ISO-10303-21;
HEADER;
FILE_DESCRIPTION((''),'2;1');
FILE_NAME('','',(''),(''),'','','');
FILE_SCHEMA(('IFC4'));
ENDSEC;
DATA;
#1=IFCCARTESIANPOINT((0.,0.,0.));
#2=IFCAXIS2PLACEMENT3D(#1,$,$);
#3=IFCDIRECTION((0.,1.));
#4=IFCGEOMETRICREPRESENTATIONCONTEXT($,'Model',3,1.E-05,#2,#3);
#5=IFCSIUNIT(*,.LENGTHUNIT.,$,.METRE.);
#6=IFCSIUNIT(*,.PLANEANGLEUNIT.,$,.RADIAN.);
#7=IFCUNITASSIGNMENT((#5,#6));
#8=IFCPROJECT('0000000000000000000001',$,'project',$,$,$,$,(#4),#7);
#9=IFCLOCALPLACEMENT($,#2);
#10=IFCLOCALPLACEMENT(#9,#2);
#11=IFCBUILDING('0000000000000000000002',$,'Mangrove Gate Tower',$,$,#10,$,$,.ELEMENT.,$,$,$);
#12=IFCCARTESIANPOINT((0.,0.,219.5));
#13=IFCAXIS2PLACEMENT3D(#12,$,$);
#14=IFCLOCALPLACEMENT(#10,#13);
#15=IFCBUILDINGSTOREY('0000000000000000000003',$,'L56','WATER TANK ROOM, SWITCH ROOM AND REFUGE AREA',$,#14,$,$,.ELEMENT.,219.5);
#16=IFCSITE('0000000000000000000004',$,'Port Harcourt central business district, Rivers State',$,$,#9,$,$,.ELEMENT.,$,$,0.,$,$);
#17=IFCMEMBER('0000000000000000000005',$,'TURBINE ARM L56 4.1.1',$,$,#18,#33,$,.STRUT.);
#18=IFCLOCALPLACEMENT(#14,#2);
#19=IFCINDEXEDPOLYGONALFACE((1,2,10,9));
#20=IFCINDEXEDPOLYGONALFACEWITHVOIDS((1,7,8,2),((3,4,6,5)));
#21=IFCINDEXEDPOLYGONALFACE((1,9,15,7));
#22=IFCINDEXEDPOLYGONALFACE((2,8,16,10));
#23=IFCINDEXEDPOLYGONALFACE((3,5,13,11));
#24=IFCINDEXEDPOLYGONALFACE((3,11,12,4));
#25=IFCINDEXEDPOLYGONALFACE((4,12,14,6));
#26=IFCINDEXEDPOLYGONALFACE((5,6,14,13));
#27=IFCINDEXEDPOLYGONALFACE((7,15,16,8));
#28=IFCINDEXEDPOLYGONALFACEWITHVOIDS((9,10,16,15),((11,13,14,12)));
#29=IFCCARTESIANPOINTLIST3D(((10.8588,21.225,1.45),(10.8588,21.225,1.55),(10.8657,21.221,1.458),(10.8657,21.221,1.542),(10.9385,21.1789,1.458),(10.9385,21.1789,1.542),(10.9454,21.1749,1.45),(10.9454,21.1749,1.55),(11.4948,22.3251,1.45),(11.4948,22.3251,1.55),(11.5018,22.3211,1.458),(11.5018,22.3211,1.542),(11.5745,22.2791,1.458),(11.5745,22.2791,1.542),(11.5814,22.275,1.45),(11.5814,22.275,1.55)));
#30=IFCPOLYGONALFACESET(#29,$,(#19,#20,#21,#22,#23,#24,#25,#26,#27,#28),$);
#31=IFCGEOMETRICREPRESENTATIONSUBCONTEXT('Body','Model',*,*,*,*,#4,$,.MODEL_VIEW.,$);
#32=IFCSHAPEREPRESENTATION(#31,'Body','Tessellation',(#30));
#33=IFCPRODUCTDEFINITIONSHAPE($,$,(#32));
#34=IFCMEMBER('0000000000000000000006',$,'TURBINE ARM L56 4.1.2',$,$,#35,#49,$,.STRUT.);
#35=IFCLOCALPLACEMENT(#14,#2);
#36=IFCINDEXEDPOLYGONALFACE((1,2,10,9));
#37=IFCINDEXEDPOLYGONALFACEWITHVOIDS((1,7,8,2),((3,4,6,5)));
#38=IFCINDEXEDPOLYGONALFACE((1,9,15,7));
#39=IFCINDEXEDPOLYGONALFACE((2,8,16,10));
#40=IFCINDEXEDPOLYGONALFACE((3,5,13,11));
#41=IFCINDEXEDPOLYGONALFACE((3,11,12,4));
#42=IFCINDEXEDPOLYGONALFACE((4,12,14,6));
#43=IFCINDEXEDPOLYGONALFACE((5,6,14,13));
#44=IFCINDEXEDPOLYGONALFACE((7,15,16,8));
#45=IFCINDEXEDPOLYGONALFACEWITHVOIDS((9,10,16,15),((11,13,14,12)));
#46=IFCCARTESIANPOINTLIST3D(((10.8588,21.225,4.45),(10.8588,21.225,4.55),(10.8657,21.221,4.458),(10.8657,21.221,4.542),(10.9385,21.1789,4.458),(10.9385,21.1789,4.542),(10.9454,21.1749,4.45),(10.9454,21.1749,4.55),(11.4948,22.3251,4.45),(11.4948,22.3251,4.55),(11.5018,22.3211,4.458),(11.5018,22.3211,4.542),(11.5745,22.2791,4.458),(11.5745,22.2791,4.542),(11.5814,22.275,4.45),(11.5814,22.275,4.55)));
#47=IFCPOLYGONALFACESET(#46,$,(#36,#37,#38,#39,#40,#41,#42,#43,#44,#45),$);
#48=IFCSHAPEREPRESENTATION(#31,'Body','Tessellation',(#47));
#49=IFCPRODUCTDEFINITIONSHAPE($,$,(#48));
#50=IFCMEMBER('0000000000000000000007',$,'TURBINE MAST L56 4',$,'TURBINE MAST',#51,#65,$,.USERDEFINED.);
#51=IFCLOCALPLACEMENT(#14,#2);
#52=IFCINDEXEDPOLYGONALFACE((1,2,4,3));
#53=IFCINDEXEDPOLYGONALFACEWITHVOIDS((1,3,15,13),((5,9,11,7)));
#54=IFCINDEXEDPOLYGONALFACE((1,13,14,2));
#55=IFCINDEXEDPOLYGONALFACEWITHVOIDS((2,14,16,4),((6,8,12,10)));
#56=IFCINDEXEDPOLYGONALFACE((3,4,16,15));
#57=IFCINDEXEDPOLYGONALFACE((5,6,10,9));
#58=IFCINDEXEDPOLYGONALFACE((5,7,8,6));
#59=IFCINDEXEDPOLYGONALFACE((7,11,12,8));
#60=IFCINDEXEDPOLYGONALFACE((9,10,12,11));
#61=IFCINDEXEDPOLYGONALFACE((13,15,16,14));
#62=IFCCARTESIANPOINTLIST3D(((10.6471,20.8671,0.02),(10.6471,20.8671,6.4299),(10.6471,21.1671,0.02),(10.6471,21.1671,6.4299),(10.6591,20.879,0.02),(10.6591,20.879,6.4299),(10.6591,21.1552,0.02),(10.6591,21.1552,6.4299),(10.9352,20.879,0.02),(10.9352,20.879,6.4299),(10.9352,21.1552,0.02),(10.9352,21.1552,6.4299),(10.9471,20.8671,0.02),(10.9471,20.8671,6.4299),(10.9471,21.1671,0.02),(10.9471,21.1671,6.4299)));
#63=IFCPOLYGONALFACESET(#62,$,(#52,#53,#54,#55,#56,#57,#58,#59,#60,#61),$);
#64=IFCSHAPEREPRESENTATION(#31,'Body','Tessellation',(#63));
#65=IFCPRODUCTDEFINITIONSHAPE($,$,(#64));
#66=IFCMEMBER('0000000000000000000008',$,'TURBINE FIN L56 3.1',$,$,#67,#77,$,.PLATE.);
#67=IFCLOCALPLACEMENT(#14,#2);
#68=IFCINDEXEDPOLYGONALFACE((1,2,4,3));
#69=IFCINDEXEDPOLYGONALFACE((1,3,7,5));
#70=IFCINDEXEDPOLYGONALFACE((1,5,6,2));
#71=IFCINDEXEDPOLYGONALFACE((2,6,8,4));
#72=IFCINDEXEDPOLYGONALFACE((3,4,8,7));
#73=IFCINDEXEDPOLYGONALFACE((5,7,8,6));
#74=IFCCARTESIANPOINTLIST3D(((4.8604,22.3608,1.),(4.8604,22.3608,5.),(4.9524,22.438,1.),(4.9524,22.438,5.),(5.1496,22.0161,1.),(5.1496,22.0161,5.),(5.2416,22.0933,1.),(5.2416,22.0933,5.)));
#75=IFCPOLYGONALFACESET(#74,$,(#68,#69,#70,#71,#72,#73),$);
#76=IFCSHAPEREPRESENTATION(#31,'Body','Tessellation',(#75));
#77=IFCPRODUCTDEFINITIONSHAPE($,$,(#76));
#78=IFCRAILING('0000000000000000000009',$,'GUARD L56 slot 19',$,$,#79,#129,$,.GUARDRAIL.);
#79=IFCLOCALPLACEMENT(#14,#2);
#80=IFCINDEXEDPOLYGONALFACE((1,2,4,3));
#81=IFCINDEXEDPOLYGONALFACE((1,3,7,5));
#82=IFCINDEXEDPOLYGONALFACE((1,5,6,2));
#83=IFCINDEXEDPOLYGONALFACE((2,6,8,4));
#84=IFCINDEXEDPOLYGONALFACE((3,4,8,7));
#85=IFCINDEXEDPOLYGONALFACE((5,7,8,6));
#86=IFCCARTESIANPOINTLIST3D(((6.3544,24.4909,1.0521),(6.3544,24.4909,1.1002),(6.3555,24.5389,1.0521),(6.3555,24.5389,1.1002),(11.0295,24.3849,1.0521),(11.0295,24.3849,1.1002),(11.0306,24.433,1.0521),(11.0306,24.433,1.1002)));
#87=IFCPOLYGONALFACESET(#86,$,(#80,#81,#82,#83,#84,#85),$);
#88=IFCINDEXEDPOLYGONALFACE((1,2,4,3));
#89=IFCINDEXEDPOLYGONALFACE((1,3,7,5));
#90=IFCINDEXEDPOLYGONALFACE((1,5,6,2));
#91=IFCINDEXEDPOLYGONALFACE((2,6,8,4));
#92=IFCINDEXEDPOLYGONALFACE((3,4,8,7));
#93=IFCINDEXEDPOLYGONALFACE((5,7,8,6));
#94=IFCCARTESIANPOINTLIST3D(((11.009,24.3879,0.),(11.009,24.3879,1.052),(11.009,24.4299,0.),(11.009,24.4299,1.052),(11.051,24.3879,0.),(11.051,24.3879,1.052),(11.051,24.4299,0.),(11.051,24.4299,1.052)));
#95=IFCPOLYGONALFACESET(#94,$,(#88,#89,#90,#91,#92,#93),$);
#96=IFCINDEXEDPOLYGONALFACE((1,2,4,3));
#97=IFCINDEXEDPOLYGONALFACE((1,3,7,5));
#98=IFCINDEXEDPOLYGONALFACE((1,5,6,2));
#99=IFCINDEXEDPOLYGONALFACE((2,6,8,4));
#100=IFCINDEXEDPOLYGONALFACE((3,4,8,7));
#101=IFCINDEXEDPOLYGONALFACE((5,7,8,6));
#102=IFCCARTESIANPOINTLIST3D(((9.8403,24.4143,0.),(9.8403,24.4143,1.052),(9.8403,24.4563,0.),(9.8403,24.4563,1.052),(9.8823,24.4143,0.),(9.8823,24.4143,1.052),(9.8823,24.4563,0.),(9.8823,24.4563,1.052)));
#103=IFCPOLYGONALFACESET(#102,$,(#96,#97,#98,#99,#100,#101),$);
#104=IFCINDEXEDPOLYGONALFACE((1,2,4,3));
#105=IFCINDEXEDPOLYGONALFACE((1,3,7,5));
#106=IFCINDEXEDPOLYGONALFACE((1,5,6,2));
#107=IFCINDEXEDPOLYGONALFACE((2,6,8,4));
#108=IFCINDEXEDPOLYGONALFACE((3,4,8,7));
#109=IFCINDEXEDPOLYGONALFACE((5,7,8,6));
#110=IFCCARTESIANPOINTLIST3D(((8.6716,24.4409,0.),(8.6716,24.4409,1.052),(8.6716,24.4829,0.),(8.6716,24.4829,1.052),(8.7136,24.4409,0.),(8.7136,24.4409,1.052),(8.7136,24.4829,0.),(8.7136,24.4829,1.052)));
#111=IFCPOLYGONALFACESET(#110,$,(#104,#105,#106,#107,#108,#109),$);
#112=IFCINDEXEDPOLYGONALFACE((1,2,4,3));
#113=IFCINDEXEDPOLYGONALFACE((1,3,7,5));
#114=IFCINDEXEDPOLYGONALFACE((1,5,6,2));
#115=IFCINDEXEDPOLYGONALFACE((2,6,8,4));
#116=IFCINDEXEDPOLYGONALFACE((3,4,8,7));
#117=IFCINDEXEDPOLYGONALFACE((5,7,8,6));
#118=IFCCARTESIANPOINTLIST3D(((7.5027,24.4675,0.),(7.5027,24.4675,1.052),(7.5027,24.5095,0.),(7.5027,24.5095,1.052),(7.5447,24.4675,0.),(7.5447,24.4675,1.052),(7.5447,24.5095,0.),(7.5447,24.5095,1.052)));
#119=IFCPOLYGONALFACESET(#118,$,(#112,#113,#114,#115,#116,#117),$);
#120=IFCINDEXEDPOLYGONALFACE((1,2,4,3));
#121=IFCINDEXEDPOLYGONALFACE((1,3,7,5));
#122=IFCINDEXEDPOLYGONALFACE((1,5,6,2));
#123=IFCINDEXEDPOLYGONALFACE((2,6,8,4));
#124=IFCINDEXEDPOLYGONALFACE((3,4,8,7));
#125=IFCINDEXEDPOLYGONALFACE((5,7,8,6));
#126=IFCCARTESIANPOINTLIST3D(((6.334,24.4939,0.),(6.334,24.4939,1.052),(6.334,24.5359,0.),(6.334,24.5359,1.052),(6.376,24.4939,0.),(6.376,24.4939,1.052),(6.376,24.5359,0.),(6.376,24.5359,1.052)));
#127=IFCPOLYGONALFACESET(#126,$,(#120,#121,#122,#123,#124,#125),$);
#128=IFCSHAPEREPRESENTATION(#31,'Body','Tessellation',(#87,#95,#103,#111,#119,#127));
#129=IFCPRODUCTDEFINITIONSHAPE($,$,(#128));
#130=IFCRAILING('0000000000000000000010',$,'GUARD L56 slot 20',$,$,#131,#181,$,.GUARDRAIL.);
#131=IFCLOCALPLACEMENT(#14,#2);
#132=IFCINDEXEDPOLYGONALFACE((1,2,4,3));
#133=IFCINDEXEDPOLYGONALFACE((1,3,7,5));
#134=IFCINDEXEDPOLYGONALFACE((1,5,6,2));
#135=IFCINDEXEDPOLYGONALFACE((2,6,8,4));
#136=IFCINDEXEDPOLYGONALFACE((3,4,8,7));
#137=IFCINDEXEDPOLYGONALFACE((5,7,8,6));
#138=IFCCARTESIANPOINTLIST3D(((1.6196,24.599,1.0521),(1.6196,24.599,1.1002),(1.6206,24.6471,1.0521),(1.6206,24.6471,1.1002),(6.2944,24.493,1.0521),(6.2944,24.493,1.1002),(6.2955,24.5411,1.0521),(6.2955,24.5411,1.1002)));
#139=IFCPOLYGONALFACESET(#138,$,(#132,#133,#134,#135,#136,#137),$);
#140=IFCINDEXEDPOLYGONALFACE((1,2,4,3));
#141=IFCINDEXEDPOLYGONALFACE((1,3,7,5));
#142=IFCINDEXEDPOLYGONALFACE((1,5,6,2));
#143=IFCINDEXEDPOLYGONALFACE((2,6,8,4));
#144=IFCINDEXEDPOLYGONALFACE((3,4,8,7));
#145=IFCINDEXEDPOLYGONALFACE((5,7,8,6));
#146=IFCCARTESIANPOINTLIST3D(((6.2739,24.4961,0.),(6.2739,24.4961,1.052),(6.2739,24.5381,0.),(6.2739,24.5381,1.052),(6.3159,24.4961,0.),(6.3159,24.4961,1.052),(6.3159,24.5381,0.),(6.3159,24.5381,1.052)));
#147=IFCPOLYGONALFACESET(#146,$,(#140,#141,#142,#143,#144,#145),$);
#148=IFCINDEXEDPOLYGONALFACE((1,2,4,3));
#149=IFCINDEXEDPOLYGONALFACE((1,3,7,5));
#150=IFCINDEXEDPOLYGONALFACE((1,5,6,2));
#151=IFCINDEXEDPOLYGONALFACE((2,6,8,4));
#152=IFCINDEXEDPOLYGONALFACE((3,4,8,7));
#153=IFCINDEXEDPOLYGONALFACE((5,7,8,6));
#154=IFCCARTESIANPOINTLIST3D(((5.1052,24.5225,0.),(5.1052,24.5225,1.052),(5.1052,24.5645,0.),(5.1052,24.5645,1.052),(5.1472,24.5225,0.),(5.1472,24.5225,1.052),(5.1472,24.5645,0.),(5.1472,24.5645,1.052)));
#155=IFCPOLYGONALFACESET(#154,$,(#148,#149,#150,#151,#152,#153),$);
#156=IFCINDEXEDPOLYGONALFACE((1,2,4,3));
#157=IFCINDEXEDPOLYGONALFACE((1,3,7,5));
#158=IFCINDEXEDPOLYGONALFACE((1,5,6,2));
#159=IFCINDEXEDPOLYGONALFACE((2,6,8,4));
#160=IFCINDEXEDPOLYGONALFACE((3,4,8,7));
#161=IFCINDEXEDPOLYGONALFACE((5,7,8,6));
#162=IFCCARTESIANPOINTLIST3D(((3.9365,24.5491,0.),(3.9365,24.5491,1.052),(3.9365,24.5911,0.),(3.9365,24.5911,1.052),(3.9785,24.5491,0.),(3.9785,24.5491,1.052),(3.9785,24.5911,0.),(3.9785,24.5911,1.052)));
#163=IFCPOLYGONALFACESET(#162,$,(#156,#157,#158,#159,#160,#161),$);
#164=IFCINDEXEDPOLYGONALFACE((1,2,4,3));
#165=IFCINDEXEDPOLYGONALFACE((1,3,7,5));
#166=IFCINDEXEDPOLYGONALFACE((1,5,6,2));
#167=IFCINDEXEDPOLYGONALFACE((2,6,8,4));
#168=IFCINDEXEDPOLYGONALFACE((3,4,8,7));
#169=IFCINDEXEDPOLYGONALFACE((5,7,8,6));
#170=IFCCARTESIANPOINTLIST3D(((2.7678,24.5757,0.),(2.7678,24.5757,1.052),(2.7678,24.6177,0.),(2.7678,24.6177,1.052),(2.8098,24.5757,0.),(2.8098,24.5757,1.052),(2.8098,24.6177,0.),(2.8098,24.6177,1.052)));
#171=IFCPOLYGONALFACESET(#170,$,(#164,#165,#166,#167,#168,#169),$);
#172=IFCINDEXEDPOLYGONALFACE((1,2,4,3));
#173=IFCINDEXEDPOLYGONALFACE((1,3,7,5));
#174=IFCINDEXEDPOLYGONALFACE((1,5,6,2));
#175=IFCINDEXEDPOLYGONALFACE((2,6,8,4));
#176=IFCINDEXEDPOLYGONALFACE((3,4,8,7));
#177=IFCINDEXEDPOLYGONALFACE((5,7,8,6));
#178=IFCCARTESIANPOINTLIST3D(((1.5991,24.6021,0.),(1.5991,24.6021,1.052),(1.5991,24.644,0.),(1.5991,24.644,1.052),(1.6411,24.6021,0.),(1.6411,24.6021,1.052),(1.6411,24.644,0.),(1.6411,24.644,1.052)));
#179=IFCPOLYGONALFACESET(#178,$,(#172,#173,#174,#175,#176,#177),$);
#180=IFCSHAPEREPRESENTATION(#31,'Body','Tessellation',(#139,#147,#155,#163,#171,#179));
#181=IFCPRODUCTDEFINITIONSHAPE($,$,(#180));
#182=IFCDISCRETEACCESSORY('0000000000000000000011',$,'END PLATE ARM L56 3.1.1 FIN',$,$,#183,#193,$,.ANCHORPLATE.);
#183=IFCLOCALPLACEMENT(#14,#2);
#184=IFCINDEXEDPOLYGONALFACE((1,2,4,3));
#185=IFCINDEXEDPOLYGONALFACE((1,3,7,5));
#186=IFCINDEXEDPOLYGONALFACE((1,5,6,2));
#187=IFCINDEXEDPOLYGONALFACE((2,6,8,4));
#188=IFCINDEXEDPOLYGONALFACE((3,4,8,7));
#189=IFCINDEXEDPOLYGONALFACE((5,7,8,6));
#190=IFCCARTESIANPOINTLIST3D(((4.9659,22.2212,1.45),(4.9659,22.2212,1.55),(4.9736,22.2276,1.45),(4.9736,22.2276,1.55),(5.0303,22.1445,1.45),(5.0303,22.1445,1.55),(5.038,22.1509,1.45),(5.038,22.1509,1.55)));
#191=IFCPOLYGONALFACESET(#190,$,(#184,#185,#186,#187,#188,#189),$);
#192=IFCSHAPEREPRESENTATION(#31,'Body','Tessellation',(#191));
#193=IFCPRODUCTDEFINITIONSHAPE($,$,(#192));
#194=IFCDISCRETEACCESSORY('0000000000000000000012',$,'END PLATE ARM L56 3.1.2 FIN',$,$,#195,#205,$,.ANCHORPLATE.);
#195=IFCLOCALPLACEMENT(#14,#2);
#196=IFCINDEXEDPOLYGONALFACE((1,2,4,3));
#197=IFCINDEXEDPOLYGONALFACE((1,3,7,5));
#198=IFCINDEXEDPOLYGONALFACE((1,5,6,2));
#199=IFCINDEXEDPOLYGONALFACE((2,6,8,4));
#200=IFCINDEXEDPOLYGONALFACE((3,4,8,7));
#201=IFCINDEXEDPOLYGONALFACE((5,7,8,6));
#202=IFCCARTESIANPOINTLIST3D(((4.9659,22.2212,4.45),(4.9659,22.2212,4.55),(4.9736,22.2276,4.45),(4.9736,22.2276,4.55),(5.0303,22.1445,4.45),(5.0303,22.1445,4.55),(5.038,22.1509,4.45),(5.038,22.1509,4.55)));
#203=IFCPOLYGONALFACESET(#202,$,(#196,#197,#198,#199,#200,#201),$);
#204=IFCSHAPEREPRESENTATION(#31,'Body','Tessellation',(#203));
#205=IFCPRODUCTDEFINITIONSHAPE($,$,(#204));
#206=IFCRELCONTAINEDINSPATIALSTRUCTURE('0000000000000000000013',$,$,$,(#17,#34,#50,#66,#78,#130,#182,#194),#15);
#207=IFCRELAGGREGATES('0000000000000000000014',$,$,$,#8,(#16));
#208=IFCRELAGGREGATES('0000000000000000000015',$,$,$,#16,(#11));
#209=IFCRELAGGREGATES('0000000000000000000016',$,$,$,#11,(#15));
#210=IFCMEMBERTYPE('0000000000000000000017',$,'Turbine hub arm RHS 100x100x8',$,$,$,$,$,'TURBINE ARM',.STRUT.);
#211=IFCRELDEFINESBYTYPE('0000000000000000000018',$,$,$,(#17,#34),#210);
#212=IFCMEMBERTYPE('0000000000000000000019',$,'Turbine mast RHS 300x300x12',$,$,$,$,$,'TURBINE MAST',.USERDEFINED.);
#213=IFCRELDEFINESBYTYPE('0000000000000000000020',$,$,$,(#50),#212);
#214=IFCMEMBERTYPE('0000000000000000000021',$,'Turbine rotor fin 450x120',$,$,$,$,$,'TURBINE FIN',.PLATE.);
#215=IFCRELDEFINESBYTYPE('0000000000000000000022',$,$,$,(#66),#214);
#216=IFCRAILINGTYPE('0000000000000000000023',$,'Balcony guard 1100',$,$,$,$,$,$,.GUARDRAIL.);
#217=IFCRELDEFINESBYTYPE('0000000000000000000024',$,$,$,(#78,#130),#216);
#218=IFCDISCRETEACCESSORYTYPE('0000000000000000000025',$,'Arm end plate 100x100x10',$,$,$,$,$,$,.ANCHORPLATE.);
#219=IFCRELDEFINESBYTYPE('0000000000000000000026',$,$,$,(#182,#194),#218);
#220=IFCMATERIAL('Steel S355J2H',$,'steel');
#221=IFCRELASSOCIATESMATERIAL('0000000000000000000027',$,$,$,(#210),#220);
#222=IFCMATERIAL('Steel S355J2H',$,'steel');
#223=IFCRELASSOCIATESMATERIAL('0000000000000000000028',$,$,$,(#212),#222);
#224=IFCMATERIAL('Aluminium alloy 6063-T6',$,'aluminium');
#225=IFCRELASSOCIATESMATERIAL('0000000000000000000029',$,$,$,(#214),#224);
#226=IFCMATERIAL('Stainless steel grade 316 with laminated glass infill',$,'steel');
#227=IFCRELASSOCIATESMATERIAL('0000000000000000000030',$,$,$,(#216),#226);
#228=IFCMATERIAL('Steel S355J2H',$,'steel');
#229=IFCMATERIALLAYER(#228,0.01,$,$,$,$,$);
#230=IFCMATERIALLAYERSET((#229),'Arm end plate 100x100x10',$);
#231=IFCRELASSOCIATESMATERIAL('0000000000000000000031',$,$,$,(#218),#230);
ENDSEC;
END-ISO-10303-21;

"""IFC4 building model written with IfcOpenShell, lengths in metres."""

from ifc_helpers import new_model, si_unit, direction, frame, origin, origin_2d, place, context, subcontext, project, spatial, rectangle, hollow_rectangle, extrude, material, layer, layer_set, material_profile, profile_set, type_object, element, save


model = new_model("IFC4")

# Units and contexts
model_context = context("Model", 3, precision=1e-05, world=origin(), true_north=direction((0.0, 1.0)))
body_context = subcontext(model_context, "Body", "Model", "MODEL_VIEW")
ifc_project = project(units=[si_unit("LENGTHUNIT", "METRE"), si_unit("PLANEANGLEUNIT", "RADIAN")], contexts=[model_context])

# Site, building, storey
site_placement = place(None, origin())
site = spatial("IfcSite", under=ifc_project, at=site_placement, Name="Port Harcourt central business district, Rivers State", CompositionType="ELEMENT", RefElevation=0.0)
building_placement = place(site_placement, origin())
building = spatial("IfcBuilding", under=site, at=building_placement, Name="Mangrove Gate Tower", CompositionType="ELEMENT")
storey_placement = place(building_placement, frame((0.0, 0.0, 219.5)))
storey = spatial("IfcBuildingStorey", under=building, at=storey_placement, Name="L56", Description="WATER TANK ROOM, SWITCH ROOM AND REFUGE AREA", CompositionType="ELEMENT", Elevation=219.5)

# Members
ifc_material_1 = material(Name="Steel S355J2H", Category="steel")
ifc_material_profile_1 = material_profile(ifc_material_1, hollow_rectangle(XDim=0.1001, YDim=0.1001, WallThickness=0.0081, at=origin_2d()))
ifc_profile_set_1 = profile_set([ifc_material_profile_1], Name="Steel S355J2H")
member_type_1 = type_object("IfcMemberType", Name="Turbine hub arm RHS 100x100x8", ElementType="TURBINE ARM", PredefinedType="STRUT", material=ifc_profile_set_1)
for number, where, z_axis, x_axis, name in (
    (1, (10.9021, 21.2, 1.5), (0.500498, 0.865737, 0.0), (-0.865737, 0.500498, 0.0), "TURBINE ARM L56 4.1.1"),
    (2, (10.9021, 21.2, 4.5), (0.500498, 0.865737, 0.0), (-0.865737, 0.500498, 0.0), "TURBINE ARM L56 4.1.2"),
):
    element("IfcMember", number, at=place(storey_placement, frame(where, z_axis=z_axis, x_axis=x_axis)), inside=storey, type_object=member_type_1, Name=name, PredefinedType="STRUT", context=body_context, shape_type="SweptSolid", body=[
        extrude(hollow_rectangle(XDim=0.1001, YDim=0.1001, WallThickness=0.0081, at=origin_2d()), origin(), (0.0, 0.0, 1.0), 1.2708),
    ])
ifc_material_2 = material(Name="Steel S355J2H", Category="steel")
ifc_material_profile_2 = material_profile(ifc_material_2, hollow_rectangle(XDim=0.3, YDim=0.3, WallThickness=0.012, at=origin_2d()))
ifc_profile_set_2 = profile_set([ifc_material_profile_2], Name="Steel S355J2H")
member_type_2 = type_object("IfcMemberType", Name="Turbine mast RHS 300x300x12", ElementType="TURBINE MAST", PredefinedType="USERDEFINED", material=ifc_profile_set_2)
member_1_placement = place(storey_placement, frame((10.7971, 21.0171, 0.02), z_axis=(0.0, 0.0, 1.0), x_axis=(1.0, 0.0, 0.0)))
element("IfcMember", 3, at=member_1_placement, inside=storey, type_object=member_type_2, Name="TURBINE MAST L56 4", ObjectType="TURBINE MAST", PredefinedType="USERDEFINED", context=body_context, shape_type="SweptSolid", body=[
    extrude(hollow_rectangle(XDim=0.3, YDim=0.3, WallThickness=0.012, at=origin_2d()), origin(), (0.0, 0.0, 1.0), 6.4099),
])
ifc_material_3 = material(Name="Aluminium alloy 6063-T6", Category="aluminium")
ifc_material_profile_3 = material_profile(ifc_material_3, rectangle(XDim=0.45, YDim=0.1201, at=origin_2d()))
ifc_profile_set_3 = profile_set([ifc_material_profile_3], Name="Aluminium alloy 6063-T6")
member_type_3 = type_object("IfcMemberType", Name="Turbine rotor fin 450x120", ElementType="TURBINE FIN", PredefinedType="PLATE", material=ifc_profile_set_3)
member_2_placement = place(storey_placement, frame((5.051, 22.2271, 1.0), z_axis=(0.0, 0.0, 1.0), x_axis=(-0.642788, 0.766044, 0.0)))
element("IfcMember", 4, at=member_2_placement, inside=storey, type_object=member_type_3, Name="TURBINE FIN L56 3.1", PredefinedType="PLATE", context=body_context, shape_type="SweptSolid", body=[
    extrude(rectangle(XDim=0.45, YDim=0.1201, at=origin_2d()), origin(), (0.0, 0.0, 1.0), 4.0),
])

# Railings
ifc_material_4 = material(Name="Stainless steel grade 316 with laminated glass infill", Category="steel")
railing_type = type_object("IfcRailingType", Name="Balcony guard 1100", PredefinedType="GUARDRAIL", material=ifc_material_4)
railing_1_placement = place(storey_placement, frame((11.03, 24.4089, 0.0)))
element("IfcRailing", 5, at=railing_1_placement, inside=storey, type_object=railing_type, Name="GUARD L56 slot 19", PredefinedType="GUARDRAIL", context=body_context, shape_type="SweptSolid", body=[
    extrude(rectangle(XDim=0.0481, YDim=0.0481, at=origin_2d()), frame((0.0, 0.0, 1.0762), z_axis=(-0.999743, 0.022659, 0.0), x_axis=(-0.022659, -0.999743, 0.0)), (0.0, 0.0, 1.0), 4.6763),
    extrude(rectangle(XDim=0.042, YDim=0.042, at=origin_2d()), origin(), (0.0, 0.0, 1.0), 1.052),
    extrude(rectangle(XDim=0.042, YDim=0.042, at=origin_2d()), frame((-1.1687, 0.0264, 0.0)), (0.0, 0.0, 1.0), 1.052),
    extrude(rectangle(XDim=0.042, YDim=0.042, at=origin_2d()), frame((-2.3374, 0.053, 0.0)), (0.0, 0.0, 1.0), 1.052),
    extrude(rectangle(XDim=0.042, YDim=0.042, at=origin_2d()), frame((-3.5063, 0.0796, 0.0)), (0.0, 0.0, 1.0), 1.052),
    extrude(rectangle(XDim=0.042, YDim=0.042, at=origin_2d()), frame((-4.675, 0.106, 0.0)), (0.0, 0.0, 1.0), 1.052),
])
railing_2_placement = place(storey_placement, frame((6.2949, 24.5171, 0.0)))
element("IfcRailing", 6, at=railing_2_placement, inside=storey, type_object=railing_type, Name="GUARD L56 slot 20", PredefinedType="GUARDRAIL", context=body_context, shape_type="SweptSolid", body=[
    extrude(rectangle(XDim=0.0481, YDim=0.0481, at=origin_2d()), frame((0.0, 0.0, 1.0762), z_axis=(-0.999743, 0.02266, 0.0), x_axis=(-0.02266, -0.999743, 0.0)), (0.0, 0.0, 1.0), 4.676),
    extrude(rectangle(XDim=0.042, YDim=0.042, at=origin_2d()), origin(), (0.0, 0.0, 1.0), 1.052),
    extrude(rectangle(XDim=0.042, YDim=0.042, at=origin_2d()), frame((-1.1687, 0.0264, 0.0)), (0.0, 0.0, 1.0), 1.052),
    extrude(rectangle(XDim=0.042, YDim=0.042, at=origin_2d()), frame((-2.3374, 0.053, 0.0)), (0.0, 0.0, 1.0), 1.052),
    extrude(rectangle(XDim=0.042, YDim=0.042, at=origin_2d()), frame((-3.5061, 0.0796, 0.0)), (0.0, 0.0, 1.0), 1.052),
    extrude(rectangle(XDim=0.042, YDim=0.042, at=origin_2d()), frame((-4.6748, 0.106, 0.0)), (0.0, 0.0, 1.0), 1.052),
])

# Discrete accessories
ifc_material_5 = material(Name="Steel S355J2H", Category="steel")
ifc_layer_1 = layer(ifc_material_5, 0.01)
ifc_layer_set_1 = layer_set([ifc_layer_1], Name="Arm end plate 100x100x10")
discrete_accessory_type_1 = type_object("IfcDiscreteAccessoryType", Name="Arm end plate 100x100x10", PredefinedType="ANCHORPLATE", material=ifc_layer_set_1)
for number, where, z_axis, x_axis, name in (
    (7, (5.002, 22.186, 1.45), (0.0, 0.0, 1.0), (0.766044, 0.642788, 0.0), "END PLATE ARM L56 3.1.1 FIN"),
    (8, (5.002, 22.186, 4.45), (0.0, 0.0, 1.0), (0.766044, 0.642788, 0.0), "END PLATE ARM L56 3.1.2 FIN"),
):
    element("IfcDiscreteAccessory", number, at=place(storey_placement, frame(where, z_axis=z_axis, x_axis=x_axis)), inside=storey, type_object=discrete_accessory_type_1, Name=name, PredefinedType="ANCHORPLATE", context=body_context, shape_type="SweptSolid", body=[
        extrude(rectangle(XDim=0.01, YDim=0.1001, at=origin_2d()), origin(), (0.0, 0.0, 1.0), 0.1001),
    ])

save(model, "model.ifc")
